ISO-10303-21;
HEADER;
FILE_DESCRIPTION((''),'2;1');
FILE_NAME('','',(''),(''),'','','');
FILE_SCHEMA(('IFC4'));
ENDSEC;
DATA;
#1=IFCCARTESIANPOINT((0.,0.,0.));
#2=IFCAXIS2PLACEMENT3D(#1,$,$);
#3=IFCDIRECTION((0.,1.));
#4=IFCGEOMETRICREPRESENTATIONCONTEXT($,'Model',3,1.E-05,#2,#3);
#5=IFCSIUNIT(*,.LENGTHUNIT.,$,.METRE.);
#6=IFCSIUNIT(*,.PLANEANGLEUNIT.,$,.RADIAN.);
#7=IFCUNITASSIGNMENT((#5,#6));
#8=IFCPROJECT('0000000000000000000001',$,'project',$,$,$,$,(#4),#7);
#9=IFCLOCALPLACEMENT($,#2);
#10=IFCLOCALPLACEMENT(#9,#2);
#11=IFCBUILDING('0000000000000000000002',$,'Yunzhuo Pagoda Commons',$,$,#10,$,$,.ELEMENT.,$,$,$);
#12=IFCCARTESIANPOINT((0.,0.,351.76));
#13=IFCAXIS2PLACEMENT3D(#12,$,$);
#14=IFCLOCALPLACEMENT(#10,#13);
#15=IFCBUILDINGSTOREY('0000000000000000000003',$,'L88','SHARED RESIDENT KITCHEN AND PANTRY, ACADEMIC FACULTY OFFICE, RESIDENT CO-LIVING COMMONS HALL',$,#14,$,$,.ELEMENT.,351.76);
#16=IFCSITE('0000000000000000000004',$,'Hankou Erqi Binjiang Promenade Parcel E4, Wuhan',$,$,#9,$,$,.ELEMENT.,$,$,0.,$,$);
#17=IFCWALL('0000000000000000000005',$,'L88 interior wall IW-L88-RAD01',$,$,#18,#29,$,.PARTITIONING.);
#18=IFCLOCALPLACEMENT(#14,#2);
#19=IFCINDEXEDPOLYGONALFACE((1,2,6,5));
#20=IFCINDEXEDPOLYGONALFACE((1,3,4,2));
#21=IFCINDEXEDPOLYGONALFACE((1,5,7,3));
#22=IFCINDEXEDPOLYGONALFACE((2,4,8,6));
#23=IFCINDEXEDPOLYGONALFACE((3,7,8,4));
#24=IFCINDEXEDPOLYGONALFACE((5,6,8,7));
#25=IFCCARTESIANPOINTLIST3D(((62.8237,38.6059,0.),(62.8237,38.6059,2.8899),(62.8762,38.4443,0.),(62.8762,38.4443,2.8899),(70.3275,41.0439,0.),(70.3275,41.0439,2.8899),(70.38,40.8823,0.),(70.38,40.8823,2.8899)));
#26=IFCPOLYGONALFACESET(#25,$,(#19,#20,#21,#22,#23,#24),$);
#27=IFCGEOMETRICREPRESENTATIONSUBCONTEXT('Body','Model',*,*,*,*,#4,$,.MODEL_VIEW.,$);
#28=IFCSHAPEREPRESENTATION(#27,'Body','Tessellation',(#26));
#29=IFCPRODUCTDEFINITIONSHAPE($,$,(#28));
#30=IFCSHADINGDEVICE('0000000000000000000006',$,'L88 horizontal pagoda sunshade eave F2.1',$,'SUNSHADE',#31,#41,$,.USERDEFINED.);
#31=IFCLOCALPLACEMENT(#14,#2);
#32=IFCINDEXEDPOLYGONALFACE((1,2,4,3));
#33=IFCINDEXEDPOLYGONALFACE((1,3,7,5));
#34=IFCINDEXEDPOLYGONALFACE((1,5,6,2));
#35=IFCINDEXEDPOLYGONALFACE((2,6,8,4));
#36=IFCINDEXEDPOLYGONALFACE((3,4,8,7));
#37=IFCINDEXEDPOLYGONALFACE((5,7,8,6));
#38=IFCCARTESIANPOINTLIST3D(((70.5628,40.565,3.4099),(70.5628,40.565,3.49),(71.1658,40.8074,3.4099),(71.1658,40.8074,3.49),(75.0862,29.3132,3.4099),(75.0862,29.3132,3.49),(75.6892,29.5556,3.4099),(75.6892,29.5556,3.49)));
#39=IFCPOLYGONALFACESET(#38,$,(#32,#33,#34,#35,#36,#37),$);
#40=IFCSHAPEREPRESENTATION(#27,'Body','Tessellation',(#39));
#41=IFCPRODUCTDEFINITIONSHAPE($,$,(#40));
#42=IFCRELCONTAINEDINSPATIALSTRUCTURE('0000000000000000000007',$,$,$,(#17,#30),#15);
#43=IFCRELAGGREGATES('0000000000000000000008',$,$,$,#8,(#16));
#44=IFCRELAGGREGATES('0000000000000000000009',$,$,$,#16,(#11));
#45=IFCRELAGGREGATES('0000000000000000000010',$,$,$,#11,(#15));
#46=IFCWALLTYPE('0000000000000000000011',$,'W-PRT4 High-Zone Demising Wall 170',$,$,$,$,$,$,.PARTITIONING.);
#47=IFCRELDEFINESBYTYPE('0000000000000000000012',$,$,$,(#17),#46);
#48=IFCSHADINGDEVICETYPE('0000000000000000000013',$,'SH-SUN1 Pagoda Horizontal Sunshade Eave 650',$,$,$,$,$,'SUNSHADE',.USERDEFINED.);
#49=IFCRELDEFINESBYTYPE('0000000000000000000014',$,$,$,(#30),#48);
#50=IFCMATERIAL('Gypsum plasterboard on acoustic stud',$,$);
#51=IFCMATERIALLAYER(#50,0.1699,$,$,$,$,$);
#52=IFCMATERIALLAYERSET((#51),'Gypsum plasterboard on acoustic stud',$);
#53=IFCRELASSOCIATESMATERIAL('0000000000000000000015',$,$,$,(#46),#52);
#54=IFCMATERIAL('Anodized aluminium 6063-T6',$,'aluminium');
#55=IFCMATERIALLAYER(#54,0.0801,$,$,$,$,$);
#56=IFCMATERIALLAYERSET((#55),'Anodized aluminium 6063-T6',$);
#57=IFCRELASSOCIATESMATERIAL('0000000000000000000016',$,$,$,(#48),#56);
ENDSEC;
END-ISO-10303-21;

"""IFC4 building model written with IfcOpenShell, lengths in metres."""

from ifc_helpers import new_model, si_unit, direction, frame, frame_2d, origin, origin_2d, place, context, subcontext, project, spatial, rectangle, extrude, source, transform, mapped, material, layer, layer_set, type_object, element, save


model = new_model("IFC4")

# Units and contexts
model_context = context("Model", 3, precision=1e-05, world=origin(), true_north=direction((0.0, 1.0)))
body_context = subcontext(model_context, "Body", "Model", "MODEL_VIEW")
ifc_project = project(units=[si_unit("LENGTHUNIT", "METRE"), si_unit("PLANEANGLEUNIT", "RADIAN")], contexts=[model_context])

# Site, building, storey
site_placement = place(None, origin())
site = spatial("IfcSite", under=ifc_project, at=site_placement, Name="Hankou Erqi Binjiang Promenade Parcel E4, Wuhan", CompositionType="ELEMENT", RefElevation=0.0)
building_placement = place(site_placement, origin())
building = spatial("IfcBuilding", under=site, at=building_placement, Name="Yunzhuo Pagoda Commons", CompositionType="ELEMENT")
storey_placement = place(building_placement, frame((0.0, 0.0, 351.76)))
storey = spatial("IfcBuildingStorey", under=building, at=storey_placement, Name="L88", Description="SHARED RESIDENT KITCHEN AND PANTRY, ACADEMIC FACULTY OFFICE, RESIDENT CO-LIVING COMMONS HALL", CompositionType="ELEMENT", Elevation=351.76)

# Shared definitions
ifc_material_1 = material(Name="Anodized aluminium 6063-T6", Category="aluminium")

# Shared definitions
ifc_material_2 = material(Name="Gypsum plasterboard on acoustic stud")

# Wall
ifc_layer_1 = layer(ifc_material_2, 0.1699)
ifc_layer_set_1 = layer_set([ifc_layer_1], Name="Gypsum plasterboard on acoustic stud")
wall_type_1 = type_object("IfcWallType", Name="W-PRT4 High-Zone Demising Wall 170", PredefinedType="PARTITIONING", material=ifc_layer_set_1)
wall_1_placement = place(storey_placement, frame((62.8501, 38.5251, 0.0), z_axis=(0.0, 0.0, 1.0), x_axis=(0.95106, 0.309006, 0.0)))
element("IfcWall", 1, at=wall_1_placement, inside=storey, type_object=wall_type_1, Name="L88 interior wall IW-L88-RAD01", PredefinedType="PARTITIONING", context=body_context, shape_type="SweptSolid", body=[
    extrude(rectangle(XDim=7.8899, YDim=0.1699, at=frame_2d((3.9448, 0.0))), origin(), (0.0, 0.0, 1.0), 2.8899),
])

# Shading device
ifc_layer_2 = layer(ifc_material_1, 0.0801)
ifc_layer_set_2 = layer_set([ifc_layer_2], Name="Anodized aluminium 6063-T6")
shading_device_type = type_object("IfcShadingDeviceType", Name="SH-SUN1 Pagoda Horizontal Sunshade Eave 650", ElementType="SUNSHADE", PredefinedType="USERDEFINED", material=ifc_layer_set_2)
shared_shape_1 = source(origin(), body_context, "Body", "SweptSolid", [
    extrude(rectangle(XDim=12.127, YDim=0.6499, at=origin_2d()), origin(), (0.0, 0.0, 1.0), 0.0801),
])
shading_device_placement = place(storey_placement, frame((73.126, 35.0603, 3.4099), z_axis=(0.0, 0.0, 1.0), x_axis=(-0.373004, 0.92783, 0.0)))
element("IfcShadingDevice", 2, at=shading_device_placement, inside=storey, type_object=shading_device_type, Name="L88 horizontal pagoda sunshade eave F2.1", ObjectType="SUNSHADE", PredefinedType="USERDEFINED", context=body_context, shape_type="MappedRepresentation", body=[
    mapped(shared_shape_1, transform((0.0, 0.0, 0.0), scale=1.0)),
])

save(model, "model.ifc")
